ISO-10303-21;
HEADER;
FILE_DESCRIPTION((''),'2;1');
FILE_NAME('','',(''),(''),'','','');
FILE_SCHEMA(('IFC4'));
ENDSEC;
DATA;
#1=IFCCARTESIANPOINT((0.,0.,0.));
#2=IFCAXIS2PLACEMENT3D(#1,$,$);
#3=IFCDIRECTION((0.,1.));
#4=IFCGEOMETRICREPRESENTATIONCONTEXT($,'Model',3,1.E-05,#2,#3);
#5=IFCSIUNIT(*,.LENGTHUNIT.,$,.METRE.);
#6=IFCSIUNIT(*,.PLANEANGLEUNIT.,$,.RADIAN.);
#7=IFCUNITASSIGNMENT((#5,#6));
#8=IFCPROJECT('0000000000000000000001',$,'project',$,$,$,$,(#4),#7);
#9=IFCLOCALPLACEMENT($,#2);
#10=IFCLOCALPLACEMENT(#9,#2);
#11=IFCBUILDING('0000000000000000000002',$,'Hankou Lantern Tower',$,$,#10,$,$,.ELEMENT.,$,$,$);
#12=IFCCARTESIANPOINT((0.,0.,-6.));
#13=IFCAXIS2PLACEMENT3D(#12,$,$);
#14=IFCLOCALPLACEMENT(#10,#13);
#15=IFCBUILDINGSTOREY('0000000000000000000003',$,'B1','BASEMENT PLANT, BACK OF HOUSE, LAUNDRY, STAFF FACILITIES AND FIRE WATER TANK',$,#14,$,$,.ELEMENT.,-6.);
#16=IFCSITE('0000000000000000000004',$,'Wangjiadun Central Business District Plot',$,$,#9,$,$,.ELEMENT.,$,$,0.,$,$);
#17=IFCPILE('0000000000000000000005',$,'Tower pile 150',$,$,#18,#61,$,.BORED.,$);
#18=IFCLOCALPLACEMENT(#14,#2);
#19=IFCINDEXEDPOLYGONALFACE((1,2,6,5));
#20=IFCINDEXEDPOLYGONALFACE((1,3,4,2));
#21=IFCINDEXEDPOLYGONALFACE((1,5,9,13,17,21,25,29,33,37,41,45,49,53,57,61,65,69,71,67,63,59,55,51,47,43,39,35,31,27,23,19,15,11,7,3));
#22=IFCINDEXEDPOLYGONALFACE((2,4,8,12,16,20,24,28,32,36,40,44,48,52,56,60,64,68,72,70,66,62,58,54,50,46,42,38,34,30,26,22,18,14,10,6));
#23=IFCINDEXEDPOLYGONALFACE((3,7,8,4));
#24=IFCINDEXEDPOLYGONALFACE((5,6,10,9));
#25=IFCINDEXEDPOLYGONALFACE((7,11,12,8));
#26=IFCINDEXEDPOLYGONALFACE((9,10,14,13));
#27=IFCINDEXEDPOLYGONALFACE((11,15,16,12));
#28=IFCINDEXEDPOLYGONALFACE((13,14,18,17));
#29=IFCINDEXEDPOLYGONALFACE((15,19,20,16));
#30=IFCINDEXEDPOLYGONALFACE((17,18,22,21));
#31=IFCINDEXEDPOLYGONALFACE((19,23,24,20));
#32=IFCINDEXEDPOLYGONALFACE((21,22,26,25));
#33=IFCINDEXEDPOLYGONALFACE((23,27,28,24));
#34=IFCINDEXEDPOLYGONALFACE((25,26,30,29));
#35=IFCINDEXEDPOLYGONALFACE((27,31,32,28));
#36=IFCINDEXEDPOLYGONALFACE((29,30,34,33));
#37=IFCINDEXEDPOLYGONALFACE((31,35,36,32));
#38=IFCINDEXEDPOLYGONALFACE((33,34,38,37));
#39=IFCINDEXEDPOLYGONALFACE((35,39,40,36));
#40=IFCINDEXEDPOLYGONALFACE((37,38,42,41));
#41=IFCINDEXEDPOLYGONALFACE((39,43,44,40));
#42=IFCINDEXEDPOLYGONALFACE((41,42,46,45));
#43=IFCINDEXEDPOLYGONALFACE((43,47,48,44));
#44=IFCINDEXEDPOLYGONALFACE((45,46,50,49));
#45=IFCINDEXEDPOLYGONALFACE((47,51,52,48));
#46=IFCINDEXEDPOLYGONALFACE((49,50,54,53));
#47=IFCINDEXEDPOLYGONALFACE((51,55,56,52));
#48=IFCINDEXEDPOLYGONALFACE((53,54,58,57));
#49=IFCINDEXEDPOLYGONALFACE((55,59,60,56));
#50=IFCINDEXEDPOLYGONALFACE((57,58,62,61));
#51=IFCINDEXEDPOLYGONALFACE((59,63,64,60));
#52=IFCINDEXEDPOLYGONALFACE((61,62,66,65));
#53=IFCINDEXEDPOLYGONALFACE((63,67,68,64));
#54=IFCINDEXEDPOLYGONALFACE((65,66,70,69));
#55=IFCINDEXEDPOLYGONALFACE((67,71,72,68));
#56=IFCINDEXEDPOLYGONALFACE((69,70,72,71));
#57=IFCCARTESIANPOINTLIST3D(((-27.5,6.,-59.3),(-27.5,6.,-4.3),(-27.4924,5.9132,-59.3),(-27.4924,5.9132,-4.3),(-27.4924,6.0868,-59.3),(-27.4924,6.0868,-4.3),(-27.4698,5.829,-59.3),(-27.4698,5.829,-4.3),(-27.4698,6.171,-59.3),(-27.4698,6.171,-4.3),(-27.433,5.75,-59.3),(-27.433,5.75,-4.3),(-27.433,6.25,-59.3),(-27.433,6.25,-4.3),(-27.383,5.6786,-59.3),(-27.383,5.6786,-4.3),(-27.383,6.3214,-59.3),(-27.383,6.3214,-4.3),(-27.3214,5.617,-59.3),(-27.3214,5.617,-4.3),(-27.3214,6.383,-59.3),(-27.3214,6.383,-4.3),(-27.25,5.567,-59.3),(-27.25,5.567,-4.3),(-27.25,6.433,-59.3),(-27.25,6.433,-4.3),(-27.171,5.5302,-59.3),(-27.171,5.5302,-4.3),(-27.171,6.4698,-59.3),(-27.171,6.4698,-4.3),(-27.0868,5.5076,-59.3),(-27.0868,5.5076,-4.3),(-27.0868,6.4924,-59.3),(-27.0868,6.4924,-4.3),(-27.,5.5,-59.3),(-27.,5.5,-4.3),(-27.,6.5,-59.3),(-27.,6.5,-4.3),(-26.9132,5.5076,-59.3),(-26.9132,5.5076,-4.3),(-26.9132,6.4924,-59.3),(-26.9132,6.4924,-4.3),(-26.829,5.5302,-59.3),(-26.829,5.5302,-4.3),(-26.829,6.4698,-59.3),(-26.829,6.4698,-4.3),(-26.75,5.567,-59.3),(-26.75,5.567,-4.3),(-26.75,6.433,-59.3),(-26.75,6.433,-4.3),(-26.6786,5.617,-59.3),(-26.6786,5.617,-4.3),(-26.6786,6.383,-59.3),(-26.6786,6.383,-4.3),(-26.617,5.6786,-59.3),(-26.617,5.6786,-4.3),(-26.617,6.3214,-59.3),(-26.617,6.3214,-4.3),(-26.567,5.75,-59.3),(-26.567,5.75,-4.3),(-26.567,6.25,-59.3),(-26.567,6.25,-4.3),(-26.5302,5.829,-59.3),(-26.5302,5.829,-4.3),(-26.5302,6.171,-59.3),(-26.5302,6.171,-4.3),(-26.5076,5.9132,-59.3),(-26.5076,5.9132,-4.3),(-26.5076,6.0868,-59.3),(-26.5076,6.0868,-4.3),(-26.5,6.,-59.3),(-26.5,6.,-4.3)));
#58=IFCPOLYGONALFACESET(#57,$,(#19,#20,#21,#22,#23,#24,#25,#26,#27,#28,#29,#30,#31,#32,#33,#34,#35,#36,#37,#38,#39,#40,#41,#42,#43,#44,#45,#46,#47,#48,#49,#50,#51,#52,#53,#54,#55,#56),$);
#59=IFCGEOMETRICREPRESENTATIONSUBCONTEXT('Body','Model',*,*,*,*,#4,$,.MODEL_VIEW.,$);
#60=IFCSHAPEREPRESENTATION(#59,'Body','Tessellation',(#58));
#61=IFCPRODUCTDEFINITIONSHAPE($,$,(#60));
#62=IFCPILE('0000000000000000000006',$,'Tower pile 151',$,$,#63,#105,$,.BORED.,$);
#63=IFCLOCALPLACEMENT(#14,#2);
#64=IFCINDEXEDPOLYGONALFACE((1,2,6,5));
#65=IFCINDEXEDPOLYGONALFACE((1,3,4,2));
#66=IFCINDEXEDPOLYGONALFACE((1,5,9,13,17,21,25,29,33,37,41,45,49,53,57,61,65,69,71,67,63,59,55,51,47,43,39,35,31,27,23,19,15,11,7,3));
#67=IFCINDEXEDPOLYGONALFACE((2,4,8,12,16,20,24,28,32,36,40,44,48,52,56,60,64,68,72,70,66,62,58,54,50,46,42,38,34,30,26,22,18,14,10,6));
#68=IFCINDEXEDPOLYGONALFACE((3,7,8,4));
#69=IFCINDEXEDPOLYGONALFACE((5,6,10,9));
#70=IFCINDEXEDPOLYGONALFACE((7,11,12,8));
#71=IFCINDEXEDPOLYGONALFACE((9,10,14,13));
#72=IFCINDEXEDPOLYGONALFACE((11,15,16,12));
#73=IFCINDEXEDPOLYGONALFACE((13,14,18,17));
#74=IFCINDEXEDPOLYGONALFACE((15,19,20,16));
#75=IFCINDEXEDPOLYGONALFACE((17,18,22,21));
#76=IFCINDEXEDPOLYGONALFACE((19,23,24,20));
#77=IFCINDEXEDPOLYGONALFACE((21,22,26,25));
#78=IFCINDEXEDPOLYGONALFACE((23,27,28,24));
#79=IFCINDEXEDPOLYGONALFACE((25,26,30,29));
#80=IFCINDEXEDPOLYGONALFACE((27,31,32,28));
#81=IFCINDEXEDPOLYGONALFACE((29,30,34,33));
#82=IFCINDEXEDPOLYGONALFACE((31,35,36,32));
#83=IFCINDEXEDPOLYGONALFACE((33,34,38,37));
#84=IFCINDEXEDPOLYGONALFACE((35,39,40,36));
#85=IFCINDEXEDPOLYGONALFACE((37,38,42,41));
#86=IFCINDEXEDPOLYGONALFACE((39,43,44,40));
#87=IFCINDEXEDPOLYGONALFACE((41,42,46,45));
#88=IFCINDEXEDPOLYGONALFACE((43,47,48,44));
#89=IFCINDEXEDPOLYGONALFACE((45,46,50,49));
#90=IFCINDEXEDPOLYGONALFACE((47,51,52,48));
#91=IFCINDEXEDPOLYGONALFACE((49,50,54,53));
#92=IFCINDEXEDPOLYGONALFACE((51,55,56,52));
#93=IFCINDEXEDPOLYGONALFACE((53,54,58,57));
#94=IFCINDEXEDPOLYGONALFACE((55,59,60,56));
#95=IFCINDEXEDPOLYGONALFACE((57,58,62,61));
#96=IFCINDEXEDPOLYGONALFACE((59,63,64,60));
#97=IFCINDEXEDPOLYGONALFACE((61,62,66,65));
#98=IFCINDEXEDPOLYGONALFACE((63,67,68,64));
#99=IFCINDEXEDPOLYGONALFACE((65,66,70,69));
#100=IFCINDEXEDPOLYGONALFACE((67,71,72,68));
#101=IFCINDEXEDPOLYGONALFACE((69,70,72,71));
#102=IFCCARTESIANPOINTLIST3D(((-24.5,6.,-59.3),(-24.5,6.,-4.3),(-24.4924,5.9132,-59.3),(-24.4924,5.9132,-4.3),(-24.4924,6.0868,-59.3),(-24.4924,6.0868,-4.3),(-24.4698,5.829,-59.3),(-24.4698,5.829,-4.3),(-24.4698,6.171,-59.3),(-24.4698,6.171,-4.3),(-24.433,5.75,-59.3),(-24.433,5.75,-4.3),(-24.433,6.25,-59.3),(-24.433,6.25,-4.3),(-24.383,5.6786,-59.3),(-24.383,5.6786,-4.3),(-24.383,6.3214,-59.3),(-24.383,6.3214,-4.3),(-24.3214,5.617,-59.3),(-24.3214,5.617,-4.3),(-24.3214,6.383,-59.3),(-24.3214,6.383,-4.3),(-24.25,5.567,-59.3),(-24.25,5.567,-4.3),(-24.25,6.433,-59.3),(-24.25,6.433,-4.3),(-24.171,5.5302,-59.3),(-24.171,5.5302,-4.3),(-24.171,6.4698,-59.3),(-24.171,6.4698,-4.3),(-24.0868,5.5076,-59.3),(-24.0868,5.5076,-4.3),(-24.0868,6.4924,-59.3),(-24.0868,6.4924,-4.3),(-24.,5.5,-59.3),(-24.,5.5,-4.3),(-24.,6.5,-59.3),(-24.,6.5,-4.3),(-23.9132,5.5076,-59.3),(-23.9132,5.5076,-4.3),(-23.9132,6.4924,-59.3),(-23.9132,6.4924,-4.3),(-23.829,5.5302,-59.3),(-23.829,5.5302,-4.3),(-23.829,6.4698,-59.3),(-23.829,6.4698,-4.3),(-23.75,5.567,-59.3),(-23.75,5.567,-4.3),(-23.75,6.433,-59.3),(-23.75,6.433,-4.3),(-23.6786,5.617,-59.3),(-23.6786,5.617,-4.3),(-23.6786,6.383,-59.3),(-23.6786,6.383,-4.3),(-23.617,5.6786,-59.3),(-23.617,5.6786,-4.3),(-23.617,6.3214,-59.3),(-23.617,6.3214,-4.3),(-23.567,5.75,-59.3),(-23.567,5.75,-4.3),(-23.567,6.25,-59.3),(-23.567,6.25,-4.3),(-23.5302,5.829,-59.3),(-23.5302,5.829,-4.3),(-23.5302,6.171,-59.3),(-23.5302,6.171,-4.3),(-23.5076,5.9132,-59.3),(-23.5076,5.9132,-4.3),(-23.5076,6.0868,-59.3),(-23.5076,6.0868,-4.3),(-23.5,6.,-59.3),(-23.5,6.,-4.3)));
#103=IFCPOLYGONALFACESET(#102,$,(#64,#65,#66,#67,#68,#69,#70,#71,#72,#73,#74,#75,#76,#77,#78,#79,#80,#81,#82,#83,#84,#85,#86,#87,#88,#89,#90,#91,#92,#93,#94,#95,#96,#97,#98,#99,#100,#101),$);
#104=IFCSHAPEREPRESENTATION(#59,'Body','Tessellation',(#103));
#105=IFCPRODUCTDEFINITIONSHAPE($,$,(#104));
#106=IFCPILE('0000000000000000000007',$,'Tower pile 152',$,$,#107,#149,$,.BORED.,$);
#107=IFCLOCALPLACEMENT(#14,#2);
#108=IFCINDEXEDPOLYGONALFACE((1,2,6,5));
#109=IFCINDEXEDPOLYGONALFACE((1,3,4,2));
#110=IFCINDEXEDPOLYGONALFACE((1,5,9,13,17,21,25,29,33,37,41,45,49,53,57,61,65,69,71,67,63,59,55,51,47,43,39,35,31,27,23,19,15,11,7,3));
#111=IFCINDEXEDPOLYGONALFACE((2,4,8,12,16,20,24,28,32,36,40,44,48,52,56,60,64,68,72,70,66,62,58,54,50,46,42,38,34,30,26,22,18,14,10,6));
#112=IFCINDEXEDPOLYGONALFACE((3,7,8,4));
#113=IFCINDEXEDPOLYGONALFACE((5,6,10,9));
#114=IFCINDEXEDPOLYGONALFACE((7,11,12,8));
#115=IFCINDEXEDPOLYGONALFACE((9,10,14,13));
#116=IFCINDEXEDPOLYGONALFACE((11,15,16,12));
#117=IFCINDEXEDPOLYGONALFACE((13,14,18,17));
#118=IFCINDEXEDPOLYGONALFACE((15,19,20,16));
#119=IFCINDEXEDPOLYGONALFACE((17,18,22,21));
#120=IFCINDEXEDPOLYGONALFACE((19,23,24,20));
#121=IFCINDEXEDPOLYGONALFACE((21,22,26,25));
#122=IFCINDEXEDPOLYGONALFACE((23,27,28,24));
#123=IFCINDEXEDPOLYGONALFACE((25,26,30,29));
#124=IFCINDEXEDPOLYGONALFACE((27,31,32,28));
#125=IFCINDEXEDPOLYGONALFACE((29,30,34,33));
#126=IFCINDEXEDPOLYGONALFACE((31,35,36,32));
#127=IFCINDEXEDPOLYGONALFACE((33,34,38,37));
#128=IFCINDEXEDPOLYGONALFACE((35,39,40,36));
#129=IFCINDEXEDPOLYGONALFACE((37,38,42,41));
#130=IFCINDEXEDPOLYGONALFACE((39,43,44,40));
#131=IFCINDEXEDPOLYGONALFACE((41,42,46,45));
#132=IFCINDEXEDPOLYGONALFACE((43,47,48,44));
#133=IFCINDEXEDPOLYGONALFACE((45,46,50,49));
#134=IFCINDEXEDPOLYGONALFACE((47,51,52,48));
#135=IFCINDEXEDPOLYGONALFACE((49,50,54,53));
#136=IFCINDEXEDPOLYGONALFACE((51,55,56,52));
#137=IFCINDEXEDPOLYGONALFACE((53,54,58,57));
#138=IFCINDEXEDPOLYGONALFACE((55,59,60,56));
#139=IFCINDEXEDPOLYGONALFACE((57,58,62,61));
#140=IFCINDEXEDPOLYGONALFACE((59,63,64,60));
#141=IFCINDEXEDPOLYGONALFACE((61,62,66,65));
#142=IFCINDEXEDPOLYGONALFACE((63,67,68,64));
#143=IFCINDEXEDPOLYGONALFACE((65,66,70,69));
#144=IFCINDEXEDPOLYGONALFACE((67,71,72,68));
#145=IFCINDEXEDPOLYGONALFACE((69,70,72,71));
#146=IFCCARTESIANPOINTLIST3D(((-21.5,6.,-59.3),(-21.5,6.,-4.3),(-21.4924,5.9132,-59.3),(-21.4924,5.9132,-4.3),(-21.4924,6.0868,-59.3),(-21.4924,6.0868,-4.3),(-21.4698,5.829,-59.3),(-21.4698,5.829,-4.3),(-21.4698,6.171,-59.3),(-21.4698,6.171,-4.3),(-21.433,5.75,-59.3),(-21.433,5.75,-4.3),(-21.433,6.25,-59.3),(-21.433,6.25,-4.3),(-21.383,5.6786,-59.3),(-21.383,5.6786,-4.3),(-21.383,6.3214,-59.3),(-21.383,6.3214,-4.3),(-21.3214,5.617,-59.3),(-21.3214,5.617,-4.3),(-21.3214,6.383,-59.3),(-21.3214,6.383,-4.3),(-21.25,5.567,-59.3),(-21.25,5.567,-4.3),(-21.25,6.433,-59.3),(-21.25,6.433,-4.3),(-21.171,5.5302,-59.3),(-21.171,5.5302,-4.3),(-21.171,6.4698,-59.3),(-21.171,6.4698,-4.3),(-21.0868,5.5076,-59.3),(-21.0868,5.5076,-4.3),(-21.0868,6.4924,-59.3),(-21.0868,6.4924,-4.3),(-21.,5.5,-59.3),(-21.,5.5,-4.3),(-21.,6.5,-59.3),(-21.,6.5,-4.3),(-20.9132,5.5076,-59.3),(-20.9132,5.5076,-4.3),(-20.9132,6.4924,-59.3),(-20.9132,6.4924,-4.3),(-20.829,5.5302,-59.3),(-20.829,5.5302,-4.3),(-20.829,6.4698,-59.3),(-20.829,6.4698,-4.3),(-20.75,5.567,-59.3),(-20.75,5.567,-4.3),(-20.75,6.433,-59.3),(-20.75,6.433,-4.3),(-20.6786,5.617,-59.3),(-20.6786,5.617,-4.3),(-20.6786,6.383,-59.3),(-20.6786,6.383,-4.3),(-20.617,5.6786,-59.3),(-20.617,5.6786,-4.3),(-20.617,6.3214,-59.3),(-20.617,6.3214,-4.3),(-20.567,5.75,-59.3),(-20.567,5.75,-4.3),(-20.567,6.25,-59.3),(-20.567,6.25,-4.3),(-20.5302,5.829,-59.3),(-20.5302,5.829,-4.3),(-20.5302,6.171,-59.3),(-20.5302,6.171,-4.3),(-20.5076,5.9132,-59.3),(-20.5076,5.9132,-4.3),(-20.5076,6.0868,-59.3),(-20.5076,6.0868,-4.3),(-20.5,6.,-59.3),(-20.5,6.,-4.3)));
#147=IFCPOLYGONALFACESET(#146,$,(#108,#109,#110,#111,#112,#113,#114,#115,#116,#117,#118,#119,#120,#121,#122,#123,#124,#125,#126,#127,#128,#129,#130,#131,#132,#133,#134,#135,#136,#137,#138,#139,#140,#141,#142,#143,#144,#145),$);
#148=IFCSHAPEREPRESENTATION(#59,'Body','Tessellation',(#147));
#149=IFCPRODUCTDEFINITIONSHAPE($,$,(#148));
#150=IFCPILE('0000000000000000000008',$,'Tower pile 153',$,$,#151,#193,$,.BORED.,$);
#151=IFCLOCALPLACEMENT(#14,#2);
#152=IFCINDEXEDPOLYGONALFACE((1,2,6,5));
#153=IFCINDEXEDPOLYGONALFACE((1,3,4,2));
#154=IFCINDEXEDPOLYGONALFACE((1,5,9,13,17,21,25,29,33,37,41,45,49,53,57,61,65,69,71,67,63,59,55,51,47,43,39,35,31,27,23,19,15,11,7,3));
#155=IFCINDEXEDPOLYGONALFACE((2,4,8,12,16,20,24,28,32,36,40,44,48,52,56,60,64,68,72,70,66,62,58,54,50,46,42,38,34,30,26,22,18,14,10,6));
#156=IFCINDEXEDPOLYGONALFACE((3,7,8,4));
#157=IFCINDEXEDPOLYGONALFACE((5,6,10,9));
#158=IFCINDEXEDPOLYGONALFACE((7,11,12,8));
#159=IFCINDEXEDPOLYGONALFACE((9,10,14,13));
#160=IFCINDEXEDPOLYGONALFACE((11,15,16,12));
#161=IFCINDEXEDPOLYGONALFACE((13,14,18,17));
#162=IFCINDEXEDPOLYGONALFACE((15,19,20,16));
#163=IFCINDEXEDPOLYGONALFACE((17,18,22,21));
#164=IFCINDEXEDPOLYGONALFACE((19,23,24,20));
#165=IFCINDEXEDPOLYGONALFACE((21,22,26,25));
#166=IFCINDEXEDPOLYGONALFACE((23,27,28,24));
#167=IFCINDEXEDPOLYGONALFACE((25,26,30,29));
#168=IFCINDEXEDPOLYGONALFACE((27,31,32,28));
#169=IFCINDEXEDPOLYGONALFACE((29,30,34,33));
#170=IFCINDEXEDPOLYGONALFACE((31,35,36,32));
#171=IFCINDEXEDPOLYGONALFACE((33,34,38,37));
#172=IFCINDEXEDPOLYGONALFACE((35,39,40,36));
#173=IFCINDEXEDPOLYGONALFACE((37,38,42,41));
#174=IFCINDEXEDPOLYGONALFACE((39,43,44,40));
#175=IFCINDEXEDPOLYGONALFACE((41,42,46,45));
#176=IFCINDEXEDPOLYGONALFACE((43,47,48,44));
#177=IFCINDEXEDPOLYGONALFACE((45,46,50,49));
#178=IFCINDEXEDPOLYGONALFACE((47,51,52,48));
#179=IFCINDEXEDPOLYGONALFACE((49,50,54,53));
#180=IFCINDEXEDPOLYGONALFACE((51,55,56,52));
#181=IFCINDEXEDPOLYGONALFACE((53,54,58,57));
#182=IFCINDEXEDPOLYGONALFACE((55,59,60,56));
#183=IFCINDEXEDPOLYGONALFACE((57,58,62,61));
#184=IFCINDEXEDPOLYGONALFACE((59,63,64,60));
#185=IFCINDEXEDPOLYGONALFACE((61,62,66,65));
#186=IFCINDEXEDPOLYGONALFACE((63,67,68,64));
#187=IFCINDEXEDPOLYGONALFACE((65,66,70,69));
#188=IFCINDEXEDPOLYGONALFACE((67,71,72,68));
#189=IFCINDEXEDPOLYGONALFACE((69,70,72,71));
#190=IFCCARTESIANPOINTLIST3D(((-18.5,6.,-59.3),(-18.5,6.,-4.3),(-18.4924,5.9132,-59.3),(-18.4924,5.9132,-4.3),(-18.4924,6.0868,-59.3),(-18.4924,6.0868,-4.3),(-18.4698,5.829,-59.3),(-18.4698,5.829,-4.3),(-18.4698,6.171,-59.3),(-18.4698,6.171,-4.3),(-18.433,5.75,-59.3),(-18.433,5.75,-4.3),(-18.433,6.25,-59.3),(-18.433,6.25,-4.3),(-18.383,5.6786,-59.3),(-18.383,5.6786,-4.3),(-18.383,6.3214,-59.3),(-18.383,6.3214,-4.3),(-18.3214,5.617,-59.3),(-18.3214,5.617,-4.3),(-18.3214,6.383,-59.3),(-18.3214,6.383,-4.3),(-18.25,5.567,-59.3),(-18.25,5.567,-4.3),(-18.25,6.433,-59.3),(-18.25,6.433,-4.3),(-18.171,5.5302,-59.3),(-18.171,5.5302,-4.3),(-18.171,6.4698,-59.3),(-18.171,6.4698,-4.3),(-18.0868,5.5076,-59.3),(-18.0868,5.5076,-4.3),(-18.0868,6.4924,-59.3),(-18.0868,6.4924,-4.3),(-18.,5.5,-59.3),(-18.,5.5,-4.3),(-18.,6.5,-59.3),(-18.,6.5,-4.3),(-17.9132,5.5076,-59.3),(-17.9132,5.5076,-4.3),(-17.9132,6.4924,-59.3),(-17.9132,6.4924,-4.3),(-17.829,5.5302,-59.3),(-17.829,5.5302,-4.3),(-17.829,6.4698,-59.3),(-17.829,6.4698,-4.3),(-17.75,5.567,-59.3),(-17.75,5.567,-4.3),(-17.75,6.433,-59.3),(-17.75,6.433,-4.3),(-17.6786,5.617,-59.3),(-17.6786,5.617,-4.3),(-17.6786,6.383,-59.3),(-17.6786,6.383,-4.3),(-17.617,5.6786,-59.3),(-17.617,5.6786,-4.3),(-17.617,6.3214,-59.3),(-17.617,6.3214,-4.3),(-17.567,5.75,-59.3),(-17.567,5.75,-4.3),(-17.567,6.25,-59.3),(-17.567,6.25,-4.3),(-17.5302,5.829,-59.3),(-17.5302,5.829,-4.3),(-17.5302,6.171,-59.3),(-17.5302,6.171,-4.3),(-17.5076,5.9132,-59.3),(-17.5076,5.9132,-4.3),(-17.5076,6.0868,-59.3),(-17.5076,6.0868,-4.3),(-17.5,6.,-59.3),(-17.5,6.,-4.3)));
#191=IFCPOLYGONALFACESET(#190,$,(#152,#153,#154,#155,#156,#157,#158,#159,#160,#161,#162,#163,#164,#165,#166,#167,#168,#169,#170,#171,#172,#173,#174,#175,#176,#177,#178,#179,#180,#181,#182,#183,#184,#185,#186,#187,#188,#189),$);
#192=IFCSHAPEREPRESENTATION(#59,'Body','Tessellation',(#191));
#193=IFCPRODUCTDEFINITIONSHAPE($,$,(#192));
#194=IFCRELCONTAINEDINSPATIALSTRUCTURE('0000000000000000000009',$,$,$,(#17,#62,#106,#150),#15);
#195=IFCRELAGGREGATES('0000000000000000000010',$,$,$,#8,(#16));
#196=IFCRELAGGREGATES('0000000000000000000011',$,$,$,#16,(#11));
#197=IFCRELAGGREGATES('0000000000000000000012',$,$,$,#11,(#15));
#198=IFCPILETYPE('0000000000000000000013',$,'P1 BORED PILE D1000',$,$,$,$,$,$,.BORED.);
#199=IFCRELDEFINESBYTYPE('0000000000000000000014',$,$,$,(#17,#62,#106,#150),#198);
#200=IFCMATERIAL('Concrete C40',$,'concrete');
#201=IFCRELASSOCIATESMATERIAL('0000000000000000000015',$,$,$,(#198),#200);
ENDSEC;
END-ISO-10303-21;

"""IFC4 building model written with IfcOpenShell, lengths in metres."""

from ifc_helpers import new_model, si_unit, direction, frame, origin, origin_2d, place, context, subcontext, project, spatial, circle, extrude, material, material_profile, profile_set, type_object, element, save


model = new_model("IFC4")

# Units and contexts
model_context = context("Model", 3, precision=1e-05, world=origin(), true_north=direction((0.0, 1.0)))
body_context = subcontext(model_context, "Body", "Model", "MODEL_VIEW")
ifc_project = project(units=[si_unit("LENGTHUNIT", "METRE"), si_unit("PLANEANGLEUNIT", "RADIAN")], contexts=[model_context])

# Site, building, storey
site_placement = place(None, origin())
site = spatial("IfcSite", under=ifc_project, at=site_placement, Name="Wangjiadun Central Business District Plot", CompositionType="ELEMENT", RefElevation=0.0)
building_placement = place(site_placement, origin())
building = spatial("IfcBuilding", under=site, at=building_placement, Name="Hankou Lantern Tower", CompositionType="ELEMENT")
storey_placement = place(building_placement, frame((0.0, 0.0, -6.0)))
storey = spatial("IfcBuildingStorey", under=building, at=storey_placement, Name="B1", Description="BASEMENT PLANT, BACK OF HOUSE, LAUNDRY, STAFF FACILITIES AND FIRE WATER TANK", CompositionType="ELEMENT", Elevation=-6.0)

# Piles
ifc_material_1 = material(Name="Concrete C40", Category="concrete")
ifc_material_profile_1 = material_profile(ifc_material_1, circle(Radius=0.5, at=origin_2d()), Name="RC D1000")
ifc_profile_set_1 = profile_set([ifc_material_profile_1], Name="Concrete C40")
pile_type_1 = type_object("IfcPileType", Name="P1 BORED PILE D1000", PredefinedType="BORED", material=ifc_profile_set_1)
for number, where, z_axis, x_axis, name in (
    (1, (-27.0, 6.0, -4.3), (0.0, 0.0, -1.0), (1.0, 0.0, 0.0), "Tower pile 150"),
    (2, (-24.0, 6.0, -4.3), (0.0, 0.0, -1.0), (1.0, 0.0, 0.0), "Tower pile 151"),
    (3, (-21.0, 6.0, -4.3), (0.0, 0.0, -1.0), (1.0, 0.0, 0.0), "Tower pile 152"),
    (4, (-18.0, 6.0, -4.3), (0.0, 0.0, -1.0), (1.0, 0.0, 0.0), "Tower pile 153"),
):
    element("IfcPile", number, at=place(storey_placement, frame(where, z_axis=z_axis, x_axis=x_axis)), inside=storey, type_object=pile_type_1, Name=name, PredefinedType="BORED", context=body_context, shape_type="SweptSolid", body=[
        extrude(circle(Radius=0.5, at=origin_2d()), origin(), (0.0, 0.0, 1.0), 55.0),
    ])

save(model, "model.ifc")
